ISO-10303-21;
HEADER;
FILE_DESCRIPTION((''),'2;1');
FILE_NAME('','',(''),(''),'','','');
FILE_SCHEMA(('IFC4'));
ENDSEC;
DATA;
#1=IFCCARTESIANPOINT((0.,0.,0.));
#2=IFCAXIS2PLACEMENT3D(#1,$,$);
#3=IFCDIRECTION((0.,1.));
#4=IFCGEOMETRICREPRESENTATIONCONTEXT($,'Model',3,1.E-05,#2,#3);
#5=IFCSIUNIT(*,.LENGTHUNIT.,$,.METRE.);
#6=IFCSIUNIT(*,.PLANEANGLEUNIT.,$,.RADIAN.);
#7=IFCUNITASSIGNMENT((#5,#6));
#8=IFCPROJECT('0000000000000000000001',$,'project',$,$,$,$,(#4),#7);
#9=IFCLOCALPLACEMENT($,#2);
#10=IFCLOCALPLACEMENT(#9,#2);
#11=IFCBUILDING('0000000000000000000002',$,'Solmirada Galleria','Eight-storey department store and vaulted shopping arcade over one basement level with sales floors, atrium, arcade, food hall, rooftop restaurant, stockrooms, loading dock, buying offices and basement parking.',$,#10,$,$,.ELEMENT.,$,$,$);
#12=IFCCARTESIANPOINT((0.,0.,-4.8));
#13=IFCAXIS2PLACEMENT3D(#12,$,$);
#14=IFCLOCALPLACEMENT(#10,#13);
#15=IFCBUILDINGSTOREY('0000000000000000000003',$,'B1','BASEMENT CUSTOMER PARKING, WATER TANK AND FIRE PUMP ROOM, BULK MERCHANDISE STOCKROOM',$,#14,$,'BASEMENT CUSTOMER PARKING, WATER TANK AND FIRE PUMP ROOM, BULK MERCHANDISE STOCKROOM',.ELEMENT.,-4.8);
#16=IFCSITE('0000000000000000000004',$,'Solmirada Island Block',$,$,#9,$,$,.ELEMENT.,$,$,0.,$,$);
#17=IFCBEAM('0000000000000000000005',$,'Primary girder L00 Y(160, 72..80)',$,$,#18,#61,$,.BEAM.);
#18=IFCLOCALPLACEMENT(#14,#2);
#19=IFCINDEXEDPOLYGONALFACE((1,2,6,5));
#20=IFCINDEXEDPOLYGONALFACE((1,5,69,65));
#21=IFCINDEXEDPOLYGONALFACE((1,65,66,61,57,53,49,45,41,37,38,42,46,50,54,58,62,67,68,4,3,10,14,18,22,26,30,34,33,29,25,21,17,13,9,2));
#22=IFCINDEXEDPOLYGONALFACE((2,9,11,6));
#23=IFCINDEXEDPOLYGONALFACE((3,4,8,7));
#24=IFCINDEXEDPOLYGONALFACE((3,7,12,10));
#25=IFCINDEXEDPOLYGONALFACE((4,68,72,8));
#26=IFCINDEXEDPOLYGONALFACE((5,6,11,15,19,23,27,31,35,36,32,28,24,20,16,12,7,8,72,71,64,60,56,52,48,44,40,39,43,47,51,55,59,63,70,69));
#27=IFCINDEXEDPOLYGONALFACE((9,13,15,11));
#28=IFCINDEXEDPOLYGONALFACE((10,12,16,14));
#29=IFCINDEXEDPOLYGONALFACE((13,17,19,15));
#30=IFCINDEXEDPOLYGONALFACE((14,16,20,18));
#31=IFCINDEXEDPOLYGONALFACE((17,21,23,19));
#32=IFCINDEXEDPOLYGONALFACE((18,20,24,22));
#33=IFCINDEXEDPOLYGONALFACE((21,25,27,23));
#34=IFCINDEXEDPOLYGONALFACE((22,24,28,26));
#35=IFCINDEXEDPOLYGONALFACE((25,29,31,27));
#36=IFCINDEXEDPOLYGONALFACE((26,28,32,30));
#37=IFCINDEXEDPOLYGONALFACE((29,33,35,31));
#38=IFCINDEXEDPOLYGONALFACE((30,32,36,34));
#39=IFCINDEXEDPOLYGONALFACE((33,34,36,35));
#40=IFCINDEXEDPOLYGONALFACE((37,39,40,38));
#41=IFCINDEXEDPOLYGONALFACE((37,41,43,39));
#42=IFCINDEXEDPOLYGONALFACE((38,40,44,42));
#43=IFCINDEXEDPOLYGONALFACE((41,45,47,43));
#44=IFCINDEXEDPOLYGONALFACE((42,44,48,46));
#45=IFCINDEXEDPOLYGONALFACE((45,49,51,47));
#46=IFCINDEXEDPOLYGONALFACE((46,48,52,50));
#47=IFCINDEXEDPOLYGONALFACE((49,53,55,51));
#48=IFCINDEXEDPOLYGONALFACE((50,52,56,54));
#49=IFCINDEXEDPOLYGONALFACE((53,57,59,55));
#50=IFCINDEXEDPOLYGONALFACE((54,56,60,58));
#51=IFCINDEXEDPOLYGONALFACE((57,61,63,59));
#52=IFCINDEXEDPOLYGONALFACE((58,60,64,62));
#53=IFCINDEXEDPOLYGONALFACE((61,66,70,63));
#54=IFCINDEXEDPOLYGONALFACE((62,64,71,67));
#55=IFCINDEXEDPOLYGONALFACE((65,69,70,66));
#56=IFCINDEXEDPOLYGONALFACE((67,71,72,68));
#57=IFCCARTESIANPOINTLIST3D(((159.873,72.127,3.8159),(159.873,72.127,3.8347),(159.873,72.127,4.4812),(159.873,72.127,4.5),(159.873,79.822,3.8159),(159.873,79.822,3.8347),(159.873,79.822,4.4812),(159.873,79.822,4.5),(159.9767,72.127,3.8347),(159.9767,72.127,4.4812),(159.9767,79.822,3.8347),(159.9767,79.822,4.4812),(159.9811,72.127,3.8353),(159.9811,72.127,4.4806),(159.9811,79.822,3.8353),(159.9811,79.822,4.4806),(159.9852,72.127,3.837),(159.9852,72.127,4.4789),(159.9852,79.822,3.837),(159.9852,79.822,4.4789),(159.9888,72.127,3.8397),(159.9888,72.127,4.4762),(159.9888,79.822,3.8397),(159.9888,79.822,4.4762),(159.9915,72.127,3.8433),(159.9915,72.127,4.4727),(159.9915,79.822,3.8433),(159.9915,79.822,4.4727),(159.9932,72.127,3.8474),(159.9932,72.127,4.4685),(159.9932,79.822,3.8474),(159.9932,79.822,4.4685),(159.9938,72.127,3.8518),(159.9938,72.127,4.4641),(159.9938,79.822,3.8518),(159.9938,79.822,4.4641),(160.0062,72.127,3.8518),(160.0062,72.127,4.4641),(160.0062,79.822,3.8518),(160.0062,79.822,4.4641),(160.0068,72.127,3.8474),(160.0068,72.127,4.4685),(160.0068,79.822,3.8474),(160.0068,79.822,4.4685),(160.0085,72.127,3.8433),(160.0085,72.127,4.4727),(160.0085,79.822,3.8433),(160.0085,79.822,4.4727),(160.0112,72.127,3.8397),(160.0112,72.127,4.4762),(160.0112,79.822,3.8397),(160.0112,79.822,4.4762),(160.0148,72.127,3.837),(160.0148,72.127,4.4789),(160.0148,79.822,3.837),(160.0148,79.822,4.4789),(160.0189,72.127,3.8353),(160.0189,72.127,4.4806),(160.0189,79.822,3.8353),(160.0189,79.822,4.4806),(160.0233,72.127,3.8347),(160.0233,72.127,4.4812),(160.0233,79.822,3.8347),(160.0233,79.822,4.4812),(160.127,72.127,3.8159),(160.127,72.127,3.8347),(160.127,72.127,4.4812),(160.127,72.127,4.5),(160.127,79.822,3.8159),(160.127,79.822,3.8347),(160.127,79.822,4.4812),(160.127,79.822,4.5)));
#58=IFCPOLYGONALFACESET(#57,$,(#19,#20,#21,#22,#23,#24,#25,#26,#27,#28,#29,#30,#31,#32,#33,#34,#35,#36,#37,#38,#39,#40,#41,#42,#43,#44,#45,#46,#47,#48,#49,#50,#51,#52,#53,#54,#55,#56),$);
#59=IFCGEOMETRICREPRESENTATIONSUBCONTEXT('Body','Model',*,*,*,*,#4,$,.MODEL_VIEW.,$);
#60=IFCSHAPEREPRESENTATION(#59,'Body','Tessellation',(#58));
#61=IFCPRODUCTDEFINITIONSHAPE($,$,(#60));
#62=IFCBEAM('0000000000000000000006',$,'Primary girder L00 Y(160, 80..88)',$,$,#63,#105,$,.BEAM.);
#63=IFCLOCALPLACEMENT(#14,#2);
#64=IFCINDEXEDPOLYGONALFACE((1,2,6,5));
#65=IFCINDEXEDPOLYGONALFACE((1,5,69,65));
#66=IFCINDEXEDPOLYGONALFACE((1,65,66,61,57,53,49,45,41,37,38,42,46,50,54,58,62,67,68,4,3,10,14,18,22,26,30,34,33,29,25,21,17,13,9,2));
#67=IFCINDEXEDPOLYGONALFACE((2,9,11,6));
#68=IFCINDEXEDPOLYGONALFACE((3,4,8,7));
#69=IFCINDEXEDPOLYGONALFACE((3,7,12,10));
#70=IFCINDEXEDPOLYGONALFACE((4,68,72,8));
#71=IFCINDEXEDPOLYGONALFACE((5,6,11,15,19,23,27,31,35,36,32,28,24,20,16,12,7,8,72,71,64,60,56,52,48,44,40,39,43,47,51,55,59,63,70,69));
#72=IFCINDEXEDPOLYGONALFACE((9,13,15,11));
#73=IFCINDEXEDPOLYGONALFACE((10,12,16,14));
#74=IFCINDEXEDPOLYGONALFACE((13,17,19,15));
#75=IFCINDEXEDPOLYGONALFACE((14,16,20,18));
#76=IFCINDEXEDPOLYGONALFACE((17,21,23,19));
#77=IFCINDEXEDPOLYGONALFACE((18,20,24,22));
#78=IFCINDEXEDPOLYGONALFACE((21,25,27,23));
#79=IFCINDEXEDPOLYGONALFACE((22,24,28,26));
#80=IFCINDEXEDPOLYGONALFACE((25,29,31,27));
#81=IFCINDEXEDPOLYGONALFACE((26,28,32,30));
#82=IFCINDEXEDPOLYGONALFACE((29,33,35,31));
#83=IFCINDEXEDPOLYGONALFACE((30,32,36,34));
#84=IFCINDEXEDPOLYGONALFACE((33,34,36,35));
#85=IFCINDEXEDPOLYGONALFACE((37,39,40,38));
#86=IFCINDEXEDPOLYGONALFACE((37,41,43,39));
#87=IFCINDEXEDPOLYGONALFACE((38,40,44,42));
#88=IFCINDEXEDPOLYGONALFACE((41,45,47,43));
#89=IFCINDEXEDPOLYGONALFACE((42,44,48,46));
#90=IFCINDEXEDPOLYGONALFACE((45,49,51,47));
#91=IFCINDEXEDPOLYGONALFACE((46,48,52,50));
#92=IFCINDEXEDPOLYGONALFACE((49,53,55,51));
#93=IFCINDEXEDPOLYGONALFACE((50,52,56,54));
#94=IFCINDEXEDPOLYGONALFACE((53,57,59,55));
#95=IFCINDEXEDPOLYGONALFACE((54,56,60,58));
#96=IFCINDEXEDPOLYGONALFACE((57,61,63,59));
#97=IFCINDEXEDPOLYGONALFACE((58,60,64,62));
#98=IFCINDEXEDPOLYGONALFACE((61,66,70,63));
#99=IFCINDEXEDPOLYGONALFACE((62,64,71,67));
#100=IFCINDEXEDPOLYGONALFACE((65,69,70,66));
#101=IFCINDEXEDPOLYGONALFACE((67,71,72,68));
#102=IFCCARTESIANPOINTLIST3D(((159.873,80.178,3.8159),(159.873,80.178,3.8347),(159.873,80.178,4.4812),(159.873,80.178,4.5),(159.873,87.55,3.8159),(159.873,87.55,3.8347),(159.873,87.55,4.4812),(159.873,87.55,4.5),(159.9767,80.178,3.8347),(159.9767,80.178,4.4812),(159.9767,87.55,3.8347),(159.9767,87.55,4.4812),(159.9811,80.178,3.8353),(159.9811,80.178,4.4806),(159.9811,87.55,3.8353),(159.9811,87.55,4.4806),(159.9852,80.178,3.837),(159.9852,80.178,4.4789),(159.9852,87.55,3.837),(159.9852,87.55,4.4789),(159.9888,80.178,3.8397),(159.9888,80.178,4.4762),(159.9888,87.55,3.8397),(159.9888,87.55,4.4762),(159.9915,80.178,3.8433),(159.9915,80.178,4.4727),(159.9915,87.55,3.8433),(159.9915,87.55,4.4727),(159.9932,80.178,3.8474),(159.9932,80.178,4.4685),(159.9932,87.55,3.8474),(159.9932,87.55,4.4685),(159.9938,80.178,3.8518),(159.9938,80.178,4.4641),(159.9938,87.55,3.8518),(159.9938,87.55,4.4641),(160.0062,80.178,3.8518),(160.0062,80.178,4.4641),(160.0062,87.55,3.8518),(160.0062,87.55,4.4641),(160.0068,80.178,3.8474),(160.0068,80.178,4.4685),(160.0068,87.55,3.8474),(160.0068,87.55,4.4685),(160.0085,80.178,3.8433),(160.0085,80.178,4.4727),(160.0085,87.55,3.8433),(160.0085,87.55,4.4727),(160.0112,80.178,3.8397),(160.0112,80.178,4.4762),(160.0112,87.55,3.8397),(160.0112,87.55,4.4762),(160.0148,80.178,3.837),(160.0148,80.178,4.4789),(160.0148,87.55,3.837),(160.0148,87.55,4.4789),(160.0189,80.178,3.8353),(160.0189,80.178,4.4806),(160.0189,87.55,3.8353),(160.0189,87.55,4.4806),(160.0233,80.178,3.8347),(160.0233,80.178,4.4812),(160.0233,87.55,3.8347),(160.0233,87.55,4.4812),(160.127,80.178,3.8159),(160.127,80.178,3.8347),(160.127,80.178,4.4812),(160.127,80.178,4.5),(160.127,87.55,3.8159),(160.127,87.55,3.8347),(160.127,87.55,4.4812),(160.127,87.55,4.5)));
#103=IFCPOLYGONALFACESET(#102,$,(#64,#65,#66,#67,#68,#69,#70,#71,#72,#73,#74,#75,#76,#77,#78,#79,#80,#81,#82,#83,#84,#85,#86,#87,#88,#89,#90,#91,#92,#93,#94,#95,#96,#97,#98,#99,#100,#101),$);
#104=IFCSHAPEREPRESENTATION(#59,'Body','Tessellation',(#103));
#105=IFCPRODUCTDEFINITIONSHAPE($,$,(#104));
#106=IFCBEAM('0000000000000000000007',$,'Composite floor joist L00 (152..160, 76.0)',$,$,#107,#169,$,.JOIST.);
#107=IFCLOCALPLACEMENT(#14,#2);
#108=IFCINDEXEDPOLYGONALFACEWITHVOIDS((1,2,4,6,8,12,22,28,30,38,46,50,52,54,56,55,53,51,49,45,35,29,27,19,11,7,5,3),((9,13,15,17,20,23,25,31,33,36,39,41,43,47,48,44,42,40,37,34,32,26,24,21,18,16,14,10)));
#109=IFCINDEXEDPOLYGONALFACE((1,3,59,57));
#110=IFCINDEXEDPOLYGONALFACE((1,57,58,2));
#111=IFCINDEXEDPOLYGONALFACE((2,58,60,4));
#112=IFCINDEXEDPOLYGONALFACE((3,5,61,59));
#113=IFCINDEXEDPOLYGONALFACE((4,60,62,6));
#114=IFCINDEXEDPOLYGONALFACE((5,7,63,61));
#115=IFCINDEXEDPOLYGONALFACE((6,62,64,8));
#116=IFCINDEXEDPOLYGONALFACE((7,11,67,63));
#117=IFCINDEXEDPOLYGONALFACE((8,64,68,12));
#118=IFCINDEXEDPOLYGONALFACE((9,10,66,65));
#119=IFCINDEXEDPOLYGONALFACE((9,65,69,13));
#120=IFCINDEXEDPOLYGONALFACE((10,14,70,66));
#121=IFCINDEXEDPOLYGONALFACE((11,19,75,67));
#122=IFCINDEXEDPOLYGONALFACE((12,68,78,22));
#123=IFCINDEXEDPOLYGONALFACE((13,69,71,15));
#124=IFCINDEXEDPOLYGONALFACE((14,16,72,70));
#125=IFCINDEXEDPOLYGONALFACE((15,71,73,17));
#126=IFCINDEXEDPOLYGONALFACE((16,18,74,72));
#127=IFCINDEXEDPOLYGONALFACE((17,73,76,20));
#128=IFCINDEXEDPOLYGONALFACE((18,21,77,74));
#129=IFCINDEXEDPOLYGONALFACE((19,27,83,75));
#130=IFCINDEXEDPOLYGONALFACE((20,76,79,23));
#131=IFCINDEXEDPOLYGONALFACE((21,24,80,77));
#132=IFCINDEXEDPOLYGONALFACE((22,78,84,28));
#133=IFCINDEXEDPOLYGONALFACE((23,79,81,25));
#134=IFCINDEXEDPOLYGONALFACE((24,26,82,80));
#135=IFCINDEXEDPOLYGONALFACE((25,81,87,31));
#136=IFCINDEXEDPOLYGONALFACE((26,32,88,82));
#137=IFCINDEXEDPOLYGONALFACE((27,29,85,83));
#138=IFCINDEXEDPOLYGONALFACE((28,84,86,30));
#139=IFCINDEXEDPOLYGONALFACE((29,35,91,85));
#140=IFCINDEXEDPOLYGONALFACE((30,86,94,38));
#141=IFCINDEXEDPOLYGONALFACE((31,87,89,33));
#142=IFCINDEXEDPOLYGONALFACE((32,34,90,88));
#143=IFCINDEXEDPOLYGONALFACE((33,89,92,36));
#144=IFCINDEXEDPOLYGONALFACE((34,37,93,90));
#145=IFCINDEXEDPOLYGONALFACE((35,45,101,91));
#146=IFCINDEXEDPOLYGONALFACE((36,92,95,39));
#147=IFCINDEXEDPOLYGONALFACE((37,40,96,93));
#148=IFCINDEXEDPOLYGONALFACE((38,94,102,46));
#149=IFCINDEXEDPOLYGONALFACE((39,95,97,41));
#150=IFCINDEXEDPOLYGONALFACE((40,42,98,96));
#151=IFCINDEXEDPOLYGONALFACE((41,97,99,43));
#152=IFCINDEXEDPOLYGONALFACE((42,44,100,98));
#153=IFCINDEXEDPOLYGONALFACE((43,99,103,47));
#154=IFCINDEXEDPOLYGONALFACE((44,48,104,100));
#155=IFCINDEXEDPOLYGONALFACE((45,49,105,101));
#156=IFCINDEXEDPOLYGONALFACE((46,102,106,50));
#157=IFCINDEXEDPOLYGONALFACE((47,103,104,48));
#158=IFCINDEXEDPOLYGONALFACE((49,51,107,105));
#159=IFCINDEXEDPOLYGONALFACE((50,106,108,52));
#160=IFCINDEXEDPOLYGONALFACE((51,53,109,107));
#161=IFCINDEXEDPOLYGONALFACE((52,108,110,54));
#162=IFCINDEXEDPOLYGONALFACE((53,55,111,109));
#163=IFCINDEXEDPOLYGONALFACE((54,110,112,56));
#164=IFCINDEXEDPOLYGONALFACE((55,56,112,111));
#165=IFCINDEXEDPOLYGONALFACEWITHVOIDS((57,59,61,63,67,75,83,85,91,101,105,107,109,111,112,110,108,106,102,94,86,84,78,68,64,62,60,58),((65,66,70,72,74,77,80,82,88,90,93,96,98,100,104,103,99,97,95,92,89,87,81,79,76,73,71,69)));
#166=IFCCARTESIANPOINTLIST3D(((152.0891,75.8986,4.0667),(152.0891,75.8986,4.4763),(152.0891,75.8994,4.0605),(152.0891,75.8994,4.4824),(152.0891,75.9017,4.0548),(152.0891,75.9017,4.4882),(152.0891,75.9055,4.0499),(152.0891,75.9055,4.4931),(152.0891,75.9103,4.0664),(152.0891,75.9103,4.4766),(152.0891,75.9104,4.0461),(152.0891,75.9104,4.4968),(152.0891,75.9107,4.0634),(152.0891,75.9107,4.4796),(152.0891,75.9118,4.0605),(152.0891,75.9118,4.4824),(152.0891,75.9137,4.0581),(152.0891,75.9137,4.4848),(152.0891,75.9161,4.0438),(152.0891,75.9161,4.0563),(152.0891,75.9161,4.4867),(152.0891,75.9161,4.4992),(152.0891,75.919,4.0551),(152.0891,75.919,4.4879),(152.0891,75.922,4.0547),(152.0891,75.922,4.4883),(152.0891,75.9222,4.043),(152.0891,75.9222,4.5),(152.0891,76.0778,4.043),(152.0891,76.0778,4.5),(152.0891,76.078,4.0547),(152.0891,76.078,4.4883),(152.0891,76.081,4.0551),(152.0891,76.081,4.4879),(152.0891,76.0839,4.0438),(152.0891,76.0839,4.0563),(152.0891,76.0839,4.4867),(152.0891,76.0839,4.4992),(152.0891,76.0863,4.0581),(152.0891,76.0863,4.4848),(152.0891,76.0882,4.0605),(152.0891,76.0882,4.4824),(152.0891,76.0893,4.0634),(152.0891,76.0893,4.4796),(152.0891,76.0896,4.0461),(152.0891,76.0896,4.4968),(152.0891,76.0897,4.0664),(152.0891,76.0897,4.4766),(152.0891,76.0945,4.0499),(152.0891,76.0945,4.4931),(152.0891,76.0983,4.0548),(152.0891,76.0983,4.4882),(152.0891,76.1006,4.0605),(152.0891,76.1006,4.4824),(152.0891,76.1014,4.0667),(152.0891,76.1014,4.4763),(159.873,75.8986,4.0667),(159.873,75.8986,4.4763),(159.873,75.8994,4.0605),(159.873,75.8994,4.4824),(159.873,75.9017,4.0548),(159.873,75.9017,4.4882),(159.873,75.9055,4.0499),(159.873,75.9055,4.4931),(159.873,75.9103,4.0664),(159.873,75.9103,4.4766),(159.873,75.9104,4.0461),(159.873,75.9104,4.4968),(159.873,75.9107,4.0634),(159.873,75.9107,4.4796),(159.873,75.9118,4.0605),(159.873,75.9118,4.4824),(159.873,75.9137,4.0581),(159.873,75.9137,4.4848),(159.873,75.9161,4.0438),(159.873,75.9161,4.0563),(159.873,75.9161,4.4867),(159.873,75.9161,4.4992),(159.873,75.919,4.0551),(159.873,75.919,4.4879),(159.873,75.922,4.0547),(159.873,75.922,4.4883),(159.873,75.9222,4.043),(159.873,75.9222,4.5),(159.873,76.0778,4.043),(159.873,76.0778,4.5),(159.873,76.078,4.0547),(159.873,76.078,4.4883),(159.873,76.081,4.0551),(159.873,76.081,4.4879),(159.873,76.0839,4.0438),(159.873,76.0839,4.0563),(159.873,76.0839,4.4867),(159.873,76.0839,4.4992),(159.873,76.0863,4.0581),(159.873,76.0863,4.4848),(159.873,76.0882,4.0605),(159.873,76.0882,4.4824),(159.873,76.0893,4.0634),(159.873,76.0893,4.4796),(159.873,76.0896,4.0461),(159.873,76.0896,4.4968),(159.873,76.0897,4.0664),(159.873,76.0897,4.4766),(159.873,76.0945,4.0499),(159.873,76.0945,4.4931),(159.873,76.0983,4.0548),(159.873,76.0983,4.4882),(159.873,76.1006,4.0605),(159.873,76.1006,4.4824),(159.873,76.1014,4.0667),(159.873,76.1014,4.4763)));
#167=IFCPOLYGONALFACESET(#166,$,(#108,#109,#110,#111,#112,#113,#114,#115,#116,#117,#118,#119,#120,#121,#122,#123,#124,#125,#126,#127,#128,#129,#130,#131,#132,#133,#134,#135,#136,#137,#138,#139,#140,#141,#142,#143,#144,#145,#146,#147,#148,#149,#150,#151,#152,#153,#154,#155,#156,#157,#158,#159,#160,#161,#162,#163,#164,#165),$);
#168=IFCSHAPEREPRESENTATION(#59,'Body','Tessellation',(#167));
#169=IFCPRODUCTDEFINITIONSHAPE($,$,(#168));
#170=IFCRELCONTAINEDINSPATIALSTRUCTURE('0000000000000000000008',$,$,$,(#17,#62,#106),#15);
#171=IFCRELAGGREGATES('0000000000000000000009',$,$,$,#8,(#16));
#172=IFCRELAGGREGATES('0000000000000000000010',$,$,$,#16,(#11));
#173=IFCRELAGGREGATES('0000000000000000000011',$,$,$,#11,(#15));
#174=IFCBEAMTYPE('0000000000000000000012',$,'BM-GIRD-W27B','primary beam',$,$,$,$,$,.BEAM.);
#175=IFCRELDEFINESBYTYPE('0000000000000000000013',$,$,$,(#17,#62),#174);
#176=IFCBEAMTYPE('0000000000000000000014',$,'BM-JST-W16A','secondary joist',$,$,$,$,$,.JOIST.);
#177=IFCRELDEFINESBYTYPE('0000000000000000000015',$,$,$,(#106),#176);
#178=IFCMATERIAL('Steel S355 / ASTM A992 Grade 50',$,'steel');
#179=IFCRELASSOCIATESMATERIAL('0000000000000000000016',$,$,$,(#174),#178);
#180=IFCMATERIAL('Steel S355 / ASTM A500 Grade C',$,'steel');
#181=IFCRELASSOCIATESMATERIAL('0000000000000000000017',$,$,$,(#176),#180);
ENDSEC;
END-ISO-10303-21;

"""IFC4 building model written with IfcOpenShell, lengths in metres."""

from ifc_helpers import new_model, si_unit, direction, frame, origin, origin_2d, place, context, subcontext, project, spatial, hollow_rectangle, i_section, extrude, material, material_profile, profile_set, type_object, element, save


model = new_model("IFC4")

# Units and contexts
model_context = context("Model", 3, precision=1e-05, world=origin(), true_north=direction((0.0, 1.0)))
body_context = subcontext(model_context, "Body", "Model", "MODEL_VIEW")
ifc_project = project(units=[si_unit("LENGTHUNIT", "METRE"), si_unit("PLANEANGLEUNIT", "RADIAN")], contexts=[model_context])

# Site, building, storey
site_placement = place(None, origin())
site = spatial("IfcSite", under=ifc_project, at=site_placement, Name="Solmirada Island Block", CompositionType="ELEMENT", RefElevation=0.0)
building_placement = place(site_placement, origin())
building = spatial("IfcBuilding", under=site, at=building_placement, Name="Solmirada Galleria", Description="Eight-storey department store and vaulted shopping arcade over one basement level with sales floors, atrium, arcade, food hall, rooftop restaurant, stockrooms, loading dock, buying offices and basement parking.", CompositionType="ELEMENT")
storey_placement = place(building_placement, frame((0.0, 0.0, -4.8)))
storey = spatial("IfcBuildingStorey", under=building, at=storey_placement, Name="B1", Description="BASEMENT CUSTOMER PARKING, WATER TANK AND FIRE PUMP ROOM, BULK MERCHANDISE STOCKROOM", LongName="BASEMENT CUSTOMER PARKING, WATER TANK AND FIRE PUMP ROOM, BULK MERCHANDISE STOCKROOM", CompositionType="ELEMENT", Elevation=-4.8)

# Shared definitions
ifc_material_1 = material(Name="Steel S355 / ASTM A500 Grade C", Category="steel")

# Beams
ifc_material_2 = material(Name="Steel S355 / ASTM A992 Grade 50", Category="steel")
ifc_material_profile_1 = material_profile(ifc_material_2, i_section(OverallWidth=0.2539, OverallDepth=0.6841, WebThickness=0.0125, FlangeThickness=0.0188, FilletRadius=0.0171, at=origin_2d()), Name="W27X94")
ifc_profile_set_1 = profile_set([ifc_material_profile_1], Name="Steel S355 / ASTM A992 Grade 50")
beam_type_1 = type_object("IfcBeamType", Name="BM-GIRD-W27B", Description="primary beam", PredefinedType="BEAM", material=ifc_profile_set_1)
beam_1_placement = place(storey_placement, frame((160.0, 72.127, 4.158), z_axis=(0.0, 1.0, 0.0), x_axis=(-1.0, 0.0, 0.0)))
element("IfcBeam", 1, at=beam_1_placement, inside=storey, type_object=beam_type_1, Name="Primary girder L00 Y(160, 72..80)", PredefinedType="BEAM", context=body_context, shape_type="SweptSolid", body=[
    extrude(i_section(OverallWidth=0.2539, OverallDepth=0.6841, WebThickness=0.0125, FlangeThickness=0.0188, FilletRadius=0.0171, at=origin_2d()), origin(), (0.0, 0.0, 1.0), 7.6951),
])
beam_2_placement = place(storey_placement, frame((160.0, 80.178, 4.158), z_axis=(0.0, 1.0, 0.0), x_axis=(-1.0, 0.0, 0.0)))
element("IfcBeam", 2, at=beam_2_placement, inside=storey, type_object=beam_type_1, Name="Primary girder L00 Y(160, 80..88)", PredefinedType="BEAM", context=body_context, shape_type="SweptSolid", body=[
    extrude(i_section(OverallWidth=0.2539, OverallDepth=0.6841, WebThickness=0.0125, FlangeThickness=0.0188, FilletRadius=0.0171, at=origin_2d()), origin(), (0.0, 0.0, 1.0), 7.3721),
])
ifc_material_profile_2 = material_profile(ifc_material_1, hollow_rectangle(XDim=0.2029, YDim=0.457, WallThickness=0.0117, InnerFilletRadius=0.0117, OuterFilletRadius=0.0237, at=origin_2d()), Name="HSS18X8X1/2")
ifc_profile_set_2 = profile_set([ifc_material_profile_2], Name="Steel S355 / ASTM A500 Grade C")
beam_type_2 = type_object("IfcBeamType", Name="BM-JST-W16A", Description="secondary joist", PredefinedType="JOIST", material=ifc_profile_set_2)
beam_3_placement = place(storey_placement, frame((152.0891, 76.0, 4.2715), z_axis=(1.0, 0.0, 0.0), x_axis=(0.0, 1.0, 0.0)))
element("IfcBeam", 3, at=beam_3_placement, inside=storey, type_object=beam_type_2, Name="Composite floor joist L00 (152..160, 76.0)", PredefinedType="JOIST", context=body_context, shape_type="SweptSolid", body=[
    extrude(hollow_rectangle(XDim=0.2029, YDim=0.457, WallThickness=0.0117, InnerFilletRadius=0.0117, OuterFilletRadius=0.0237, at=origin_2d()), origin(), (0.0, 0.0, 1.0), 7.7839),
])

save(model, "model.ifc")
